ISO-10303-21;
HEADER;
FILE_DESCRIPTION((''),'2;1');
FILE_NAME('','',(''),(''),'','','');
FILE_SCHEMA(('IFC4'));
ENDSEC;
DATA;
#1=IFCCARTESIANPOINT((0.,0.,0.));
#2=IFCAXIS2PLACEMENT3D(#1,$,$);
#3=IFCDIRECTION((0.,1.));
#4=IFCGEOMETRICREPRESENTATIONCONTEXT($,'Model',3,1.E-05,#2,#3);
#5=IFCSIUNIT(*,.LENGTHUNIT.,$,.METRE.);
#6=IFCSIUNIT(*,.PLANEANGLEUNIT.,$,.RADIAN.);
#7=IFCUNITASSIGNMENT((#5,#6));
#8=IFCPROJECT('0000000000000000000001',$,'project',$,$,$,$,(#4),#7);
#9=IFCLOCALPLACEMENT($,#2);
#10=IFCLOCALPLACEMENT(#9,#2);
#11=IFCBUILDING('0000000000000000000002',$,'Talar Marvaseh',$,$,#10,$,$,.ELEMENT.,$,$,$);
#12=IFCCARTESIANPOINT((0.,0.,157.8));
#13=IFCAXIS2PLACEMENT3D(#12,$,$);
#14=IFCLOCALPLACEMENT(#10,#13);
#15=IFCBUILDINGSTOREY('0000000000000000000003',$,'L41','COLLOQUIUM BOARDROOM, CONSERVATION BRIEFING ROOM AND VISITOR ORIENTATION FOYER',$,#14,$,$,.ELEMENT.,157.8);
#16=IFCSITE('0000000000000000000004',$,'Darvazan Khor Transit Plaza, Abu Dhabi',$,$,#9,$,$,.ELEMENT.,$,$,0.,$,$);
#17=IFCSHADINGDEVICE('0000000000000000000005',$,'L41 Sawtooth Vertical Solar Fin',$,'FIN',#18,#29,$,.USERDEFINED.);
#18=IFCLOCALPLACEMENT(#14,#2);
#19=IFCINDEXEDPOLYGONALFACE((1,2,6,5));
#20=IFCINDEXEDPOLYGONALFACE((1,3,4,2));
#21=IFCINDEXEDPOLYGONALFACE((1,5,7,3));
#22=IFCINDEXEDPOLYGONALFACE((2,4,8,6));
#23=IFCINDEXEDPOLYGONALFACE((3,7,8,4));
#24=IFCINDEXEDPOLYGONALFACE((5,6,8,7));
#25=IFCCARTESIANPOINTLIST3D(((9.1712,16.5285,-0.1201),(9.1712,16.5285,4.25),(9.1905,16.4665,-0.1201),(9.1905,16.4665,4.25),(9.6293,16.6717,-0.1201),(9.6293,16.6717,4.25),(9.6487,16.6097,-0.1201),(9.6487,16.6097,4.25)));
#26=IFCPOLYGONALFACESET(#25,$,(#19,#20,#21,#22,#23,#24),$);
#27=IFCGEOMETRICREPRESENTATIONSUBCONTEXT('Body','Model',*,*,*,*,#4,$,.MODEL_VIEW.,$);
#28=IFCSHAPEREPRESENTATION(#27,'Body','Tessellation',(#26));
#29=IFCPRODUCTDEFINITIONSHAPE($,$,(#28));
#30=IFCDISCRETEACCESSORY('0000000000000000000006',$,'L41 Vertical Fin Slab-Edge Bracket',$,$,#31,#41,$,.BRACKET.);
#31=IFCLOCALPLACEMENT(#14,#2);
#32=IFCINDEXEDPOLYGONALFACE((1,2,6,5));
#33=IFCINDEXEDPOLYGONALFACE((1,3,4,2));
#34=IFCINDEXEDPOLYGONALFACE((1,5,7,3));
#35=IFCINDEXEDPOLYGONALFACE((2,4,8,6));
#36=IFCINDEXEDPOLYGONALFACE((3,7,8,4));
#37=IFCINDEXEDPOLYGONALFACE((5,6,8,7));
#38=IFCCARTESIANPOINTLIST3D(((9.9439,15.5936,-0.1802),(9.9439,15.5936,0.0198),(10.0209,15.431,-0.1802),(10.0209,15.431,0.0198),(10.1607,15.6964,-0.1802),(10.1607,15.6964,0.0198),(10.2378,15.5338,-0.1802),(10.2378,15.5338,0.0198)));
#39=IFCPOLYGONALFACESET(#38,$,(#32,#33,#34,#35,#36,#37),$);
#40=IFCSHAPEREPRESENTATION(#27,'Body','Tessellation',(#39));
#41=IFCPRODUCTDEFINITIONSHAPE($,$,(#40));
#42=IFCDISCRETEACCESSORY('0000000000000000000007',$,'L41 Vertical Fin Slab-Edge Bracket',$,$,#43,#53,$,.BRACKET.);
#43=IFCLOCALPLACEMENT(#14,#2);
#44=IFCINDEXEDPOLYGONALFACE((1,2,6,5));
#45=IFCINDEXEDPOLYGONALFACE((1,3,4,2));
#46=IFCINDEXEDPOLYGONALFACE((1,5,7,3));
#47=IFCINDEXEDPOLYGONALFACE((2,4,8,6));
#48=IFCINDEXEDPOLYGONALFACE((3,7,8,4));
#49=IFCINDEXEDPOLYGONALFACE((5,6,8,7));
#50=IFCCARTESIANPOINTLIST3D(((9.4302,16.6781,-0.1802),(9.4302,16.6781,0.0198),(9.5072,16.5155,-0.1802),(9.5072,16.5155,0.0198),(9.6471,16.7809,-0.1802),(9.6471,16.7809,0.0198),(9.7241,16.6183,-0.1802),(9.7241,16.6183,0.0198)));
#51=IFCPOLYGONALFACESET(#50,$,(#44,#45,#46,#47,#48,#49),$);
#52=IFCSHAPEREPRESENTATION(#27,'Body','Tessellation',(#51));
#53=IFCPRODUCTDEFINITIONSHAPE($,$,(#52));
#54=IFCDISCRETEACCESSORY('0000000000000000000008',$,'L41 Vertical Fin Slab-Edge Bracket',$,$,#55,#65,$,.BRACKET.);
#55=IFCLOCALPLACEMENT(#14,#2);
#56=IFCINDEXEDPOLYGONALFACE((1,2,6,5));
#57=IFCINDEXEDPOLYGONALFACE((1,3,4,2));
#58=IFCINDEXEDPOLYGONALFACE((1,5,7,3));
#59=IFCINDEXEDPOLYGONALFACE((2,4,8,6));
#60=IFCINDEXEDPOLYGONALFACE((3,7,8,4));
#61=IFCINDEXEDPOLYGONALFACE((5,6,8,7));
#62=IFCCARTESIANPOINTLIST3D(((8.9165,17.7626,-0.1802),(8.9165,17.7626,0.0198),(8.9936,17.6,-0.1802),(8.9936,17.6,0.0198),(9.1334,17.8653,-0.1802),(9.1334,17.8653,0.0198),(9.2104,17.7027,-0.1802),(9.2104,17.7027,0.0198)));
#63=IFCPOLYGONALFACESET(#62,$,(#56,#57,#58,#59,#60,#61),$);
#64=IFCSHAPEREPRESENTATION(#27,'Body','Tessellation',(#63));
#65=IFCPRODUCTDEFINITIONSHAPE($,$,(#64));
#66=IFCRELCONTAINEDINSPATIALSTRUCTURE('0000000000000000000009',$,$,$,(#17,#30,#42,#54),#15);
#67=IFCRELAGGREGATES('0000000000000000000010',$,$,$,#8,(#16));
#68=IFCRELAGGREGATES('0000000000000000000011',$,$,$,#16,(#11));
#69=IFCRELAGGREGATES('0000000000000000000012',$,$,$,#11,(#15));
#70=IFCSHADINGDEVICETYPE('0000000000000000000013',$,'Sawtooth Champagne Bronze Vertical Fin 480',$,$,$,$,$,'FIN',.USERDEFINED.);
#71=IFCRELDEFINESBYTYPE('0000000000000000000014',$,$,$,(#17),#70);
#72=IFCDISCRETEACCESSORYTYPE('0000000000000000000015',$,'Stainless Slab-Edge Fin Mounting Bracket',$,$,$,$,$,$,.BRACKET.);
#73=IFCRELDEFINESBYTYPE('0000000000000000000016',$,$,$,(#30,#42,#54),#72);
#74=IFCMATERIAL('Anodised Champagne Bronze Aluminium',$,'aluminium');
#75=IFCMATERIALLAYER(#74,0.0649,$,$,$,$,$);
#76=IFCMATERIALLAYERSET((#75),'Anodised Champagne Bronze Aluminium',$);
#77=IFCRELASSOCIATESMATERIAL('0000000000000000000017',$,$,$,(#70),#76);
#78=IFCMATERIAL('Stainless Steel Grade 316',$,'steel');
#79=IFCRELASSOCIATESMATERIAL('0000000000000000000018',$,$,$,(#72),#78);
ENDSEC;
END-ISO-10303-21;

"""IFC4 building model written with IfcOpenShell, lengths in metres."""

from ifc_helpers import new_model, si_unit, direction, frame, origin, origin_2d, place, context, subcontext, project, spatial, rectangle, extrude, source, transform, mapped, material, layer, layer_set, type_object, type_shapes, element, save


model = new_model("IFC4")

# Units and contexts
model_context = context("Model", 3, precision=1e-05, world=origin(), true_north=direction((0.0, 1.0)))
body_context = subcontext(model_context, "Body", "Model", "MODEL_VIEW")
ifc_project = project(units=[si_unit("LENGTHUNIT", "METRE"), si_unit("PLANEANGLEUNIT", "RADIAN")], contexts=[model_context])

# Site, building, storey
site_placement = place(None, origin())
site = spatial("IfcSite", under=ifc_project, at=site_placement, Name="Darvazan Khor Transit Plaza, Abu Dhabi", CompositionType="ELEMENT", RefElevation=0.0)
building_placement = place(site_placement, origin())
building = spatial("IfcBuilding", under=site, at=building_placement, Name="Talar Marvaseh", CompositionType="ELEMENT")
storey_placement = place(building_placement, frame((0.0, 0.0, 157.8)))
storey = spatial("IfcBuildingStorey", under=building, at=storey_placement, Name="L41", Description="COLLOQUIUM BOARDROOM, CONSERVATION BRIEFING ROOM AND VISITOR ORIENTATION FOYER", CompositionType="ELEMENT", Elevation=157.8)

# Shading device
ifc_material_1 = material(Name="Anodised Champagne Bronze Aluminium", Category="aluminium")
ifc_layer_1 = layer(ifc_material_1, 0.0649)
ifc_layer_set_1 = layer_set([ifc_layer_1], Name="Anodised Champagne Bronze Aluminium")
shading_device_type = type_object("IfcShadingDeviceType", Name="Sawtooth Champagne Bronze Vertical Fin 480", ElementType="FIN", PredefinedType="USERDEFINED", material=ifc_layer_set_1)
shared_shape_1 = source(origin(), body_context, "Body", "SweptSolid", [
    extrude(rectangle(XDim=0.48, YDim=0.0649, at=origin_2d()), origin(), (0.0, 0.0, 1.0), 4.3701),
])
type_shapes(shading_device_type, [shared_shape_1])
for number, where, z_axis, x_axis, name in (
    (1, (9.4099, 16.5691, -0.1201), (0.0, 0.0, 1.0), (-0.954501, -0.298208, 0.0), "L41 Sawtooth Vertical Solar Fin"),
):
    element("IfcShadingDevice", number, at=place(storey_placement, frame(where, z_axis=z_axis, x_axis=x_axis)), inside=storey, type_object=shading_device_type, Name=name, ObjectType="FIN", PredefinedType="USERDEFINED", context=body_context, shape_type="MappedRepresentation", body=[
        mapped(shared_shape_1, transform((0.0, 0.0, 0.0), x_axis=(1.0, 0.0, 0.0), y_axis=(0.0, 1.0, 0.0), z_axis=(0.0, 0.0, 1.0), scale=1.0)),
    ])

# Discrete accessories
ifc_material_2 = material(Name="Stainless Steel Grade 316", Category="steel")
discrete_accessory_type = type_object("IfcDiscreteAccessoryType", Name="Stainless Slab-Edge Fin Mounting Bracket", PredefinedType="BRACKET", material=ifc_material_2)
shared_shape_2 = source(origin(), body_context, "Body", "SweptSolid", [
    extrude(rectangle(XDim=0.24, YDim=0.1799, at=origin_2d()), origin(), (0.0, 0.0, 1.0), 0.2),
])
type_shapes(discrete_accessory_type, [shared_shape_2])
for number, where, z_axis, x_axis, name in (
    (2, (10.0908, 15.5637, -0.1802), (0.0, 0.0, 1.0), (-0.903709, -0.428147, 0.0), "L41 Vertical Fin Slab-Edge Bracket"),
    (3, (9.5771, 16.6482, -0.1802), (0.0, 0.0, 1.0), (-0.903709, -0.428147, 0.0), "L41 Vertical Fin Slab-Edge Bracket"),
    (4, (9.0635, 17.7327, -0.1802), (0.0, 0.0, 1.0), (-0.903709, -0.428147, 0.0), "L41 Vertical Fin Slab-Edge Bracket"),
):
    element("IfcDiscreteAccessory", number, at=place(storey_placement, frame(where, z_axis=z_axis, x_axis=x_axis)), inside=storey, type_object=discrete_accessory_type, Name=name, PredefinedType="BRACKET", context=body_context, shape_type="MappedRepresentation", body=[
        mapped(shared_shape_2, transform((0.0, 0.0, 0.0), x_axis=(1.0, 0.0, 0.0), y_axis=(0.0, 1.0, 0.0), z_axis=(0.0, 0.0, 1.0), scale=1.0)),
    ])

save(model, "model.ifc")
